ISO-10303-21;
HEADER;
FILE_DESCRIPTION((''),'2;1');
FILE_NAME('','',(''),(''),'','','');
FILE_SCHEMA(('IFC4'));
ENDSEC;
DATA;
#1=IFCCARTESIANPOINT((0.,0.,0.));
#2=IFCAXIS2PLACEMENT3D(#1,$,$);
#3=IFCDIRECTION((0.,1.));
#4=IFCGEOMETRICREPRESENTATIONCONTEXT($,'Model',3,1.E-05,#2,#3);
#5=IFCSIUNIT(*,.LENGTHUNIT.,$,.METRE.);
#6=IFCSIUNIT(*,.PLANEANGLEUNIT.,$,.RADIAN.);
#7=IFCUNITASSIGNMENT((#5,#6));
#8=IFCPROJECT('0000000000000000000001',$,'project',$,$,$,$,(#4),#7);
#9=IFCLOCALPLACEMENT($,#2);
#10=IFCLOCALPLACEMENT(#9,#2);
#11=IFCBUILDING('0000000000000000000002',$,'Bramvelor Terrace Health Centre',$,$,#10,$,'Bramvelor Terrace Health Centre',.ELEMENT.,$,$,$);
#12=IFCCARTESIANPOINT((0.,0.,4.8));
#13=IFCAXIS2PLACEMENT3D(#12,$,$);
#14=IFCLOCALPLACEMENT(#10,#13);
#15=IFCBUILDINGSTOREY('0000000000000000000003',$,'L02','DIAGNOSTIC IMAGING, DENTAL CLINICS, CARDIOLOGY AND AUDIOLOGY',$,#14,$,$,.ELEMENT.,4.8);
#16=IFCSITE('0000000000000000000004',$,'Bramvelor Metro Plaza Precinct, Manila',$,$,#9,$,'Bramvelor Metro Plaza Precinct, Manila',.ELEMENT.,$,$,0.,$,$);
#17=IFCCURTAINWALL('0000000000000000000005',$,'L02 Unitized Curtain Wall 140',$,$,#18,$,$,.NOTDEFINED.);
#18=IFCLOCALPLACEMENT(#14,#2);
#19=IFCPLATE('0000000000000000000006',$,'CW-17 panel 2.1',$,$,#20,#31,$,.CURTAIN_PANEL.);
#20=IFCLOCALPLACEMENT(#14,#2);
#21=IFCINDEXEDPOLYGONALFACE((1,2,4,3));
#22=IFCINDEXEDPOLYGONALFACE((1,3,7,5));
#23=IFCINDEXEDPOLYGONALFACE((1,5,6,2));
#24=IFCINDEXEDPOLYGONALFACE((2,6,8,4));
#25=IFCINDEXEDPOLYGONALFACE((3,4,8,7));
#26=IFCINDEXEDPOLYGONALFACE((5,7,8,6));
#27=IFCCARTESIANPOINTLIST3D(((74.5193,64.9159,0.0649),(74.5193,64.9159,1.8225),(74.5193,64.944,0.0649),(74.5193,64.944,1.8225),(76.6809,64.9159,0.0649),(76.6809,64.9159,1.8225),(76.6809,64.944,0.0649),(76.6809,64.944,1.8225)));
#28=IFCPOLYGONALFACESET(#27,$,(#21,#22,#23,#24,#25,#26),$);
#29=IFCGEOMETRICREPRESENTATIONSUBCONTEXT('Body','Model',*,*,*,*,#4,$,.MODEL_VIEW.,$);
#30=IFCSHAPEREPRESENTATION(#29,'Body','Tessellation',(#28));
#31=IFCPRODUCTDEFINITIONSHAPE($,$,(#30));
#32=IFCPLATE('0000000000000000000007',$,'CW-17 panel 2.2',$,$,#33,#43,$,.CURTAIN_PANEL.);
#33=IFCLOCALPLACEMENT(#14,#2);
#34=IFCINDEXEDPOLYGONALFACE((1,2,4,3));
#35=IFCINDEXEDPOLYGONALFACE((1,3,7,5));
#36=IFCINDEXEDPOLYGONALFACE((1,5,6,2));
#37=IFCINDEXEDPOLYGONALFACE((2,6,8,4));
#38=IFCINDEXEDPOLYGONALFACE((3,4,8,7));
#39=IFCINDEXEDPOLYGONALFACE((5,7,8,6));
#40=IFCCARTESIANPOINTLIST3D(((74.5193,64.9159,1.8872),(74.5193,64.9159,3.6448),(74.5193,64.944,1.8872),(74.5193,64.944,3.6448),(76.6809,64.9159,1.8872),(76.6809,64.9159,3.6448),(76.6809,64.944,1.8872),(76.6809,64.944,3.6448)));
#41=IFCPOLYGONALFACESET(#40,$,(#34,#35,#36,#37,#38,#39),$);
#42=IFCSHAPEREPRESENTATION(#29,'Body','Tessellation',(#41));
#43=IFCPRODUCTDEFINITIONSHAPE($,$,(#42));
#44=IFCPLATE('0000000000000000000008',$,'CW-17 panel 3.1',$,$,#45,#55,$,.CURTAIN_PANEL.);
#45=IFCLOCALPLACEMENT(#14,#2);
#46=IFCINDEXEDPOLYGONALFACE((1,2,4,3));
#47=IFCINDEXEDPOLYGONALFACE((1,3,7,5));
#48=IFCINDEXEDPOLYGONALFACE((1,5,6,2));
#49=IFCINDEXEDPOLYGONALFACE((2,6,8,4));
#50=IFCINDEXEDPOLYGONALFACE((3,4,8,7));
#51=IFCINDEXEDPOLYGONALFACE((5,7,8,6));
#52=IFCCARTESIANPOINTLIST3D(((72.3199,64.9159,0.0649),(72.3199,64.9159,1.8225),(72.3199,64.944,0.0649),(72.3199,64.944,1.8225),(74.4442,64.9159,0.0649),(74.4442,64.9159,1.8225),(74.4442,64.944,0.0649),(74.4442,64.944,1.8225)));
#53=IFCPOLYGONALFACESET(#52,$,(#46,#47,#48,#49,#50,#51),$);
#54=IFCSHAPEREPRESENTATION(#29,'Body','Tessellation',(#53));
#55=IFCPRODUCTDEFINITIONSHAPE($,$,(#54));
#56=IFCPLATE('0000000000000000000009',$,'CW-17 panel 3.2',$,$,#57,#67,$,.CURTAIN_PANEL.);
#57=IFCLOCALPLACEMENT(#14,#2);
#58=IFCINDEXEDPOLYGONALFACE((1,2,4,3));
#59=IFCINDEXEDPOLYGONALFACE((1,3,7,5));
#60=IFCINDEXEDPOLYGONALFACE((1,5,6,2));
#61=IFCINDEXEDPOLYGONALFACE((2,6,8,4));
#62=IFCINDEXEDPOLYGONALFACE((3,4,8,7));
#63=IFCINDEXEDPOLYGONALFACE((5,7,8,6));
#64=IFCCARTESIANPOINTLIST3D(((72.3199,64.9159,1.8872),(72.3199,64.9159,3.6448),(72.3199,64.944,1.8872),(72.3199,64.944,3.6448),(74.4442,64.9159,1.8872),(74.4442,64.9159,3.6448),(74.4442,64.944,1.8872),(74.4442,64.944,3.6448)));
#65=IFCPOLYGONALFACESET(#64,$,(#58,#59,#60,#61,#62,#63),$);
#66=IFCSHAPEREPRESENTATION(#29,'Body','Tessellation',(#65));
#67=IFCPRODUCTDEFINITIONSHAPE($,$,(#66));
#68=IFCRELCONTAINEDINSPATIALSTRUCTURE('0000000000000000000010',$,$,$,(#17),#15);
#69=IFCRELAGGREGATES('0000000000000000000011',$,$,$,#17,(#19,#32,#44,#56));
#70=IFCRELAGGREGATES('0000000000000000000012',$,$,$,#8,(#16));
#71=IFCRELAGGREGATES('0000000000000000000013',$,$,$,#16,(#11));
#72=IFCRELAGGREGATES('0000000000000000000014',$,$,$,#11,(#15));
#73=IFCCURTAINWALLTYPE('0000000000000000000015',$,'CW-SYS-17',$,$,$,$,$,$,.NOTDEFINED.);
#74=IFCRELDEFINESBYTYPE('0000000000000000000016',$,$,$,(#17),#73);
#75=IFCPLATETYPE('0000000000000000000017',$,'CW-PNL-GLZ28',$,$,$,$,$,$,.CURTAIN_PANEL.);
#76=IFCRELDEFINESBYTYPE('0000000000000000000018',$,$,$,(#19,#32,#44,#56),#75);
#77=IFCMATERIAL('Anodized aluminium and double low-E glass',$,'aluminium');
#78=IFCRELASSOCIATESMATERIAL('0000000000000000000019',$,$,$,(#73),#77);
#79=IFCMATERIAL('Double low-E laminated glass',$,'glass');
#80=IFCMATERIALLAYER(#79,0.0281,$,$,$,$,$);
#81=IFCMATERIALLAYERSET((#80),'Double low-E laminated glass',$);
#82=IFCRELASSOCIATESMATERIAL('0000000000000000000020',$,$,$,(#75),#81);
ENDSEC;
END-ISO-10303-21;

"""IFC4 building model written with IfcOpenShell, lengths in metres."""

from ifc_helpers import new_model, si_unit, direction, frame, origin, origin_2d, place, context, subcontext, project, spatial, rectangle, extrude, material, layer, layer_set, type_object, element, aggregate, save


model = new_model("IFC4")

# Units and contexts
model_context = context("Model", 3, precision=1e-05, world=origin(), true_north=direction((0.0, 1.0)))
body_context = subcontext(model_context, "Body", "Model", "MODEL_VIEW")
ifc_project = project(units=[si_unit("LENGTHUNIT", "METRE"), si_unit("PLANEANGLEUNIT", "RADIAN")], contexts=[model_context])

# Site, building, storey
site_placement = place(None, origin())
site = spatial("IfcSite", under=ifc_project, at=site_placement, Name="Bramvelor Metro Plaza Precinct, Manila", LongName="Bramvelor Metro Plaza Precinct, Manila", CompositionType="ELEMENT", RefElevation=0.0)
building_placement = place(site_placement, origin())
building = spatial("IfcBuilding", under=site, at=building_placement, Name="Bramvelor Terrace Health Centre", LongName="Bramvelor Terrace Health Centre", CompositionType="ELEMENT")
storey_placement = place(building_placement, frame((0.0, 0.0, 4.8)))
storey = spatial("IfcBuildingStorey", under=building, at=storey_placement, Name="L02", Description="DIAGNOSTIC IMAGING, DENTAL CLINICS, CARDIOLOGY AND AUDIOLOGY", CompositionType="ELEMENT", Elevation=4.8)

# Curtain wall
ifc_material_1 = material(Name="Anodized aluminium and double low-E glass", Category="aluminium")
curtain_wall_type = type_object("IfcCurtainWallType", Name="CW-SYS-17", PredefinedType="NOTDEFINED", material=ifc_material_1)
curtain_wall_1_placement = place(storey_placement, origin())
curtain_wall_1 = element("IfcCurtainWall", 1, at=curtain_wall_1_placement, inside=storey, type_object=curtain_wall_type, Name="L02 Unitized Curtain Wall 140", PredefinedType="NOTDEFINED")

# Plates
ifc_material_2 = material(Name="Double low-E laminated glass", Category="glass")
ifc_layer = layer(ifc_material_2, 0.0281)
ifc_layer_set = layer_set([ifc_layer], Name="Double low-E laminated glass")
plate_type = type_object("IfcPlateType", Name="CW-PNL-GLZ28", PredefinedType="CURTAIN_PANEL", material=ifc_layer_set)
plate_1_placement = place(storey_placement, frame((75.6001, 64.9299, 0.0649), z_axis=(0.0, 0.0, 1.0), x_axis=(-1.0, 0.0, 0.0)))
plate_1 = element("IfcPlate", 2, at=plate_1_placement, type_object=plate_type, Name="CW-17 panel 2.1", PredefinedType="CURTAIN_PANEL", context=body_context, shape_type="SweptSolid", body=[
    extrude(rectangle(XDim=2.1616, YDim=0.0281, at=origin_2d()), origin(), (0.0, 0.0, 1.0), 1.7576),
])
plate_2_placement = place(storey_placement, frame((75.6001, 64.9299, 1.8872), z_axis=(0.0, 0.0, 1.0), x_axis=(-1.0, 0.0, 0.0)))
plate_2 = element("IfcPlate", 3, at=plate_2_placement, type_object=plate_type, Name="CW-17 panel 2.2", PredefinedType="CURTAIN_PANEL", context=body_context, shape_type="SweptSolid", body=[
    extrude(rectangle(XDim=2.1616, YDim=0.0281, at=origin_2d()), origin(), (0.0, 0.0, 1.0), 1.7576),
])
plate_3_placement = place(storey_placement, frame((73.3821, 64.9299, 0.0649), z_axis=(0.0, 0.0, 1.0), x_axis=(-1.0, 0.0, 0.0)))
plate_3 = element("IfcPlate", 4, at=plate_3_placement, type_object=plate_type, Name="CW-17 panel 3.1", PredefinedType="CURTAIN_PANEL", context=body_context, shape_type="SweptSolid", body=[
    extrude(rectangle(XDim=2.1243, YDim=0.0281, at=origin_2d()), origin(), (0.0, 0.0, 1.0), 1.7576),
])
plate_4_placement = place(storey_placement, frame((73.3821, 64.9299, 1.8872), z_axis=(0.0, 0.0, 1.0), x_axis=(-1.0, 0.0, 0.0)))
plate_4 = element("IfcPlate", 5, at=plate_4_placement, type_object=plate_type, Name="CW-17 panel 3.2", PredefinedType="CURTAIN_PANEL", context=body_context, shape_type="SweptSolid", body=[
    extrude(rectangle(XDim=2.1243, YDim=0.0281, at=origin_2d()), origin(), (0.0, 0.0, 1.0), 1.7576),
])
aggregate(curtain_wall_1, [plate_1, plate_2, plate_3, plate_4])

save(model, "model.ifc")
